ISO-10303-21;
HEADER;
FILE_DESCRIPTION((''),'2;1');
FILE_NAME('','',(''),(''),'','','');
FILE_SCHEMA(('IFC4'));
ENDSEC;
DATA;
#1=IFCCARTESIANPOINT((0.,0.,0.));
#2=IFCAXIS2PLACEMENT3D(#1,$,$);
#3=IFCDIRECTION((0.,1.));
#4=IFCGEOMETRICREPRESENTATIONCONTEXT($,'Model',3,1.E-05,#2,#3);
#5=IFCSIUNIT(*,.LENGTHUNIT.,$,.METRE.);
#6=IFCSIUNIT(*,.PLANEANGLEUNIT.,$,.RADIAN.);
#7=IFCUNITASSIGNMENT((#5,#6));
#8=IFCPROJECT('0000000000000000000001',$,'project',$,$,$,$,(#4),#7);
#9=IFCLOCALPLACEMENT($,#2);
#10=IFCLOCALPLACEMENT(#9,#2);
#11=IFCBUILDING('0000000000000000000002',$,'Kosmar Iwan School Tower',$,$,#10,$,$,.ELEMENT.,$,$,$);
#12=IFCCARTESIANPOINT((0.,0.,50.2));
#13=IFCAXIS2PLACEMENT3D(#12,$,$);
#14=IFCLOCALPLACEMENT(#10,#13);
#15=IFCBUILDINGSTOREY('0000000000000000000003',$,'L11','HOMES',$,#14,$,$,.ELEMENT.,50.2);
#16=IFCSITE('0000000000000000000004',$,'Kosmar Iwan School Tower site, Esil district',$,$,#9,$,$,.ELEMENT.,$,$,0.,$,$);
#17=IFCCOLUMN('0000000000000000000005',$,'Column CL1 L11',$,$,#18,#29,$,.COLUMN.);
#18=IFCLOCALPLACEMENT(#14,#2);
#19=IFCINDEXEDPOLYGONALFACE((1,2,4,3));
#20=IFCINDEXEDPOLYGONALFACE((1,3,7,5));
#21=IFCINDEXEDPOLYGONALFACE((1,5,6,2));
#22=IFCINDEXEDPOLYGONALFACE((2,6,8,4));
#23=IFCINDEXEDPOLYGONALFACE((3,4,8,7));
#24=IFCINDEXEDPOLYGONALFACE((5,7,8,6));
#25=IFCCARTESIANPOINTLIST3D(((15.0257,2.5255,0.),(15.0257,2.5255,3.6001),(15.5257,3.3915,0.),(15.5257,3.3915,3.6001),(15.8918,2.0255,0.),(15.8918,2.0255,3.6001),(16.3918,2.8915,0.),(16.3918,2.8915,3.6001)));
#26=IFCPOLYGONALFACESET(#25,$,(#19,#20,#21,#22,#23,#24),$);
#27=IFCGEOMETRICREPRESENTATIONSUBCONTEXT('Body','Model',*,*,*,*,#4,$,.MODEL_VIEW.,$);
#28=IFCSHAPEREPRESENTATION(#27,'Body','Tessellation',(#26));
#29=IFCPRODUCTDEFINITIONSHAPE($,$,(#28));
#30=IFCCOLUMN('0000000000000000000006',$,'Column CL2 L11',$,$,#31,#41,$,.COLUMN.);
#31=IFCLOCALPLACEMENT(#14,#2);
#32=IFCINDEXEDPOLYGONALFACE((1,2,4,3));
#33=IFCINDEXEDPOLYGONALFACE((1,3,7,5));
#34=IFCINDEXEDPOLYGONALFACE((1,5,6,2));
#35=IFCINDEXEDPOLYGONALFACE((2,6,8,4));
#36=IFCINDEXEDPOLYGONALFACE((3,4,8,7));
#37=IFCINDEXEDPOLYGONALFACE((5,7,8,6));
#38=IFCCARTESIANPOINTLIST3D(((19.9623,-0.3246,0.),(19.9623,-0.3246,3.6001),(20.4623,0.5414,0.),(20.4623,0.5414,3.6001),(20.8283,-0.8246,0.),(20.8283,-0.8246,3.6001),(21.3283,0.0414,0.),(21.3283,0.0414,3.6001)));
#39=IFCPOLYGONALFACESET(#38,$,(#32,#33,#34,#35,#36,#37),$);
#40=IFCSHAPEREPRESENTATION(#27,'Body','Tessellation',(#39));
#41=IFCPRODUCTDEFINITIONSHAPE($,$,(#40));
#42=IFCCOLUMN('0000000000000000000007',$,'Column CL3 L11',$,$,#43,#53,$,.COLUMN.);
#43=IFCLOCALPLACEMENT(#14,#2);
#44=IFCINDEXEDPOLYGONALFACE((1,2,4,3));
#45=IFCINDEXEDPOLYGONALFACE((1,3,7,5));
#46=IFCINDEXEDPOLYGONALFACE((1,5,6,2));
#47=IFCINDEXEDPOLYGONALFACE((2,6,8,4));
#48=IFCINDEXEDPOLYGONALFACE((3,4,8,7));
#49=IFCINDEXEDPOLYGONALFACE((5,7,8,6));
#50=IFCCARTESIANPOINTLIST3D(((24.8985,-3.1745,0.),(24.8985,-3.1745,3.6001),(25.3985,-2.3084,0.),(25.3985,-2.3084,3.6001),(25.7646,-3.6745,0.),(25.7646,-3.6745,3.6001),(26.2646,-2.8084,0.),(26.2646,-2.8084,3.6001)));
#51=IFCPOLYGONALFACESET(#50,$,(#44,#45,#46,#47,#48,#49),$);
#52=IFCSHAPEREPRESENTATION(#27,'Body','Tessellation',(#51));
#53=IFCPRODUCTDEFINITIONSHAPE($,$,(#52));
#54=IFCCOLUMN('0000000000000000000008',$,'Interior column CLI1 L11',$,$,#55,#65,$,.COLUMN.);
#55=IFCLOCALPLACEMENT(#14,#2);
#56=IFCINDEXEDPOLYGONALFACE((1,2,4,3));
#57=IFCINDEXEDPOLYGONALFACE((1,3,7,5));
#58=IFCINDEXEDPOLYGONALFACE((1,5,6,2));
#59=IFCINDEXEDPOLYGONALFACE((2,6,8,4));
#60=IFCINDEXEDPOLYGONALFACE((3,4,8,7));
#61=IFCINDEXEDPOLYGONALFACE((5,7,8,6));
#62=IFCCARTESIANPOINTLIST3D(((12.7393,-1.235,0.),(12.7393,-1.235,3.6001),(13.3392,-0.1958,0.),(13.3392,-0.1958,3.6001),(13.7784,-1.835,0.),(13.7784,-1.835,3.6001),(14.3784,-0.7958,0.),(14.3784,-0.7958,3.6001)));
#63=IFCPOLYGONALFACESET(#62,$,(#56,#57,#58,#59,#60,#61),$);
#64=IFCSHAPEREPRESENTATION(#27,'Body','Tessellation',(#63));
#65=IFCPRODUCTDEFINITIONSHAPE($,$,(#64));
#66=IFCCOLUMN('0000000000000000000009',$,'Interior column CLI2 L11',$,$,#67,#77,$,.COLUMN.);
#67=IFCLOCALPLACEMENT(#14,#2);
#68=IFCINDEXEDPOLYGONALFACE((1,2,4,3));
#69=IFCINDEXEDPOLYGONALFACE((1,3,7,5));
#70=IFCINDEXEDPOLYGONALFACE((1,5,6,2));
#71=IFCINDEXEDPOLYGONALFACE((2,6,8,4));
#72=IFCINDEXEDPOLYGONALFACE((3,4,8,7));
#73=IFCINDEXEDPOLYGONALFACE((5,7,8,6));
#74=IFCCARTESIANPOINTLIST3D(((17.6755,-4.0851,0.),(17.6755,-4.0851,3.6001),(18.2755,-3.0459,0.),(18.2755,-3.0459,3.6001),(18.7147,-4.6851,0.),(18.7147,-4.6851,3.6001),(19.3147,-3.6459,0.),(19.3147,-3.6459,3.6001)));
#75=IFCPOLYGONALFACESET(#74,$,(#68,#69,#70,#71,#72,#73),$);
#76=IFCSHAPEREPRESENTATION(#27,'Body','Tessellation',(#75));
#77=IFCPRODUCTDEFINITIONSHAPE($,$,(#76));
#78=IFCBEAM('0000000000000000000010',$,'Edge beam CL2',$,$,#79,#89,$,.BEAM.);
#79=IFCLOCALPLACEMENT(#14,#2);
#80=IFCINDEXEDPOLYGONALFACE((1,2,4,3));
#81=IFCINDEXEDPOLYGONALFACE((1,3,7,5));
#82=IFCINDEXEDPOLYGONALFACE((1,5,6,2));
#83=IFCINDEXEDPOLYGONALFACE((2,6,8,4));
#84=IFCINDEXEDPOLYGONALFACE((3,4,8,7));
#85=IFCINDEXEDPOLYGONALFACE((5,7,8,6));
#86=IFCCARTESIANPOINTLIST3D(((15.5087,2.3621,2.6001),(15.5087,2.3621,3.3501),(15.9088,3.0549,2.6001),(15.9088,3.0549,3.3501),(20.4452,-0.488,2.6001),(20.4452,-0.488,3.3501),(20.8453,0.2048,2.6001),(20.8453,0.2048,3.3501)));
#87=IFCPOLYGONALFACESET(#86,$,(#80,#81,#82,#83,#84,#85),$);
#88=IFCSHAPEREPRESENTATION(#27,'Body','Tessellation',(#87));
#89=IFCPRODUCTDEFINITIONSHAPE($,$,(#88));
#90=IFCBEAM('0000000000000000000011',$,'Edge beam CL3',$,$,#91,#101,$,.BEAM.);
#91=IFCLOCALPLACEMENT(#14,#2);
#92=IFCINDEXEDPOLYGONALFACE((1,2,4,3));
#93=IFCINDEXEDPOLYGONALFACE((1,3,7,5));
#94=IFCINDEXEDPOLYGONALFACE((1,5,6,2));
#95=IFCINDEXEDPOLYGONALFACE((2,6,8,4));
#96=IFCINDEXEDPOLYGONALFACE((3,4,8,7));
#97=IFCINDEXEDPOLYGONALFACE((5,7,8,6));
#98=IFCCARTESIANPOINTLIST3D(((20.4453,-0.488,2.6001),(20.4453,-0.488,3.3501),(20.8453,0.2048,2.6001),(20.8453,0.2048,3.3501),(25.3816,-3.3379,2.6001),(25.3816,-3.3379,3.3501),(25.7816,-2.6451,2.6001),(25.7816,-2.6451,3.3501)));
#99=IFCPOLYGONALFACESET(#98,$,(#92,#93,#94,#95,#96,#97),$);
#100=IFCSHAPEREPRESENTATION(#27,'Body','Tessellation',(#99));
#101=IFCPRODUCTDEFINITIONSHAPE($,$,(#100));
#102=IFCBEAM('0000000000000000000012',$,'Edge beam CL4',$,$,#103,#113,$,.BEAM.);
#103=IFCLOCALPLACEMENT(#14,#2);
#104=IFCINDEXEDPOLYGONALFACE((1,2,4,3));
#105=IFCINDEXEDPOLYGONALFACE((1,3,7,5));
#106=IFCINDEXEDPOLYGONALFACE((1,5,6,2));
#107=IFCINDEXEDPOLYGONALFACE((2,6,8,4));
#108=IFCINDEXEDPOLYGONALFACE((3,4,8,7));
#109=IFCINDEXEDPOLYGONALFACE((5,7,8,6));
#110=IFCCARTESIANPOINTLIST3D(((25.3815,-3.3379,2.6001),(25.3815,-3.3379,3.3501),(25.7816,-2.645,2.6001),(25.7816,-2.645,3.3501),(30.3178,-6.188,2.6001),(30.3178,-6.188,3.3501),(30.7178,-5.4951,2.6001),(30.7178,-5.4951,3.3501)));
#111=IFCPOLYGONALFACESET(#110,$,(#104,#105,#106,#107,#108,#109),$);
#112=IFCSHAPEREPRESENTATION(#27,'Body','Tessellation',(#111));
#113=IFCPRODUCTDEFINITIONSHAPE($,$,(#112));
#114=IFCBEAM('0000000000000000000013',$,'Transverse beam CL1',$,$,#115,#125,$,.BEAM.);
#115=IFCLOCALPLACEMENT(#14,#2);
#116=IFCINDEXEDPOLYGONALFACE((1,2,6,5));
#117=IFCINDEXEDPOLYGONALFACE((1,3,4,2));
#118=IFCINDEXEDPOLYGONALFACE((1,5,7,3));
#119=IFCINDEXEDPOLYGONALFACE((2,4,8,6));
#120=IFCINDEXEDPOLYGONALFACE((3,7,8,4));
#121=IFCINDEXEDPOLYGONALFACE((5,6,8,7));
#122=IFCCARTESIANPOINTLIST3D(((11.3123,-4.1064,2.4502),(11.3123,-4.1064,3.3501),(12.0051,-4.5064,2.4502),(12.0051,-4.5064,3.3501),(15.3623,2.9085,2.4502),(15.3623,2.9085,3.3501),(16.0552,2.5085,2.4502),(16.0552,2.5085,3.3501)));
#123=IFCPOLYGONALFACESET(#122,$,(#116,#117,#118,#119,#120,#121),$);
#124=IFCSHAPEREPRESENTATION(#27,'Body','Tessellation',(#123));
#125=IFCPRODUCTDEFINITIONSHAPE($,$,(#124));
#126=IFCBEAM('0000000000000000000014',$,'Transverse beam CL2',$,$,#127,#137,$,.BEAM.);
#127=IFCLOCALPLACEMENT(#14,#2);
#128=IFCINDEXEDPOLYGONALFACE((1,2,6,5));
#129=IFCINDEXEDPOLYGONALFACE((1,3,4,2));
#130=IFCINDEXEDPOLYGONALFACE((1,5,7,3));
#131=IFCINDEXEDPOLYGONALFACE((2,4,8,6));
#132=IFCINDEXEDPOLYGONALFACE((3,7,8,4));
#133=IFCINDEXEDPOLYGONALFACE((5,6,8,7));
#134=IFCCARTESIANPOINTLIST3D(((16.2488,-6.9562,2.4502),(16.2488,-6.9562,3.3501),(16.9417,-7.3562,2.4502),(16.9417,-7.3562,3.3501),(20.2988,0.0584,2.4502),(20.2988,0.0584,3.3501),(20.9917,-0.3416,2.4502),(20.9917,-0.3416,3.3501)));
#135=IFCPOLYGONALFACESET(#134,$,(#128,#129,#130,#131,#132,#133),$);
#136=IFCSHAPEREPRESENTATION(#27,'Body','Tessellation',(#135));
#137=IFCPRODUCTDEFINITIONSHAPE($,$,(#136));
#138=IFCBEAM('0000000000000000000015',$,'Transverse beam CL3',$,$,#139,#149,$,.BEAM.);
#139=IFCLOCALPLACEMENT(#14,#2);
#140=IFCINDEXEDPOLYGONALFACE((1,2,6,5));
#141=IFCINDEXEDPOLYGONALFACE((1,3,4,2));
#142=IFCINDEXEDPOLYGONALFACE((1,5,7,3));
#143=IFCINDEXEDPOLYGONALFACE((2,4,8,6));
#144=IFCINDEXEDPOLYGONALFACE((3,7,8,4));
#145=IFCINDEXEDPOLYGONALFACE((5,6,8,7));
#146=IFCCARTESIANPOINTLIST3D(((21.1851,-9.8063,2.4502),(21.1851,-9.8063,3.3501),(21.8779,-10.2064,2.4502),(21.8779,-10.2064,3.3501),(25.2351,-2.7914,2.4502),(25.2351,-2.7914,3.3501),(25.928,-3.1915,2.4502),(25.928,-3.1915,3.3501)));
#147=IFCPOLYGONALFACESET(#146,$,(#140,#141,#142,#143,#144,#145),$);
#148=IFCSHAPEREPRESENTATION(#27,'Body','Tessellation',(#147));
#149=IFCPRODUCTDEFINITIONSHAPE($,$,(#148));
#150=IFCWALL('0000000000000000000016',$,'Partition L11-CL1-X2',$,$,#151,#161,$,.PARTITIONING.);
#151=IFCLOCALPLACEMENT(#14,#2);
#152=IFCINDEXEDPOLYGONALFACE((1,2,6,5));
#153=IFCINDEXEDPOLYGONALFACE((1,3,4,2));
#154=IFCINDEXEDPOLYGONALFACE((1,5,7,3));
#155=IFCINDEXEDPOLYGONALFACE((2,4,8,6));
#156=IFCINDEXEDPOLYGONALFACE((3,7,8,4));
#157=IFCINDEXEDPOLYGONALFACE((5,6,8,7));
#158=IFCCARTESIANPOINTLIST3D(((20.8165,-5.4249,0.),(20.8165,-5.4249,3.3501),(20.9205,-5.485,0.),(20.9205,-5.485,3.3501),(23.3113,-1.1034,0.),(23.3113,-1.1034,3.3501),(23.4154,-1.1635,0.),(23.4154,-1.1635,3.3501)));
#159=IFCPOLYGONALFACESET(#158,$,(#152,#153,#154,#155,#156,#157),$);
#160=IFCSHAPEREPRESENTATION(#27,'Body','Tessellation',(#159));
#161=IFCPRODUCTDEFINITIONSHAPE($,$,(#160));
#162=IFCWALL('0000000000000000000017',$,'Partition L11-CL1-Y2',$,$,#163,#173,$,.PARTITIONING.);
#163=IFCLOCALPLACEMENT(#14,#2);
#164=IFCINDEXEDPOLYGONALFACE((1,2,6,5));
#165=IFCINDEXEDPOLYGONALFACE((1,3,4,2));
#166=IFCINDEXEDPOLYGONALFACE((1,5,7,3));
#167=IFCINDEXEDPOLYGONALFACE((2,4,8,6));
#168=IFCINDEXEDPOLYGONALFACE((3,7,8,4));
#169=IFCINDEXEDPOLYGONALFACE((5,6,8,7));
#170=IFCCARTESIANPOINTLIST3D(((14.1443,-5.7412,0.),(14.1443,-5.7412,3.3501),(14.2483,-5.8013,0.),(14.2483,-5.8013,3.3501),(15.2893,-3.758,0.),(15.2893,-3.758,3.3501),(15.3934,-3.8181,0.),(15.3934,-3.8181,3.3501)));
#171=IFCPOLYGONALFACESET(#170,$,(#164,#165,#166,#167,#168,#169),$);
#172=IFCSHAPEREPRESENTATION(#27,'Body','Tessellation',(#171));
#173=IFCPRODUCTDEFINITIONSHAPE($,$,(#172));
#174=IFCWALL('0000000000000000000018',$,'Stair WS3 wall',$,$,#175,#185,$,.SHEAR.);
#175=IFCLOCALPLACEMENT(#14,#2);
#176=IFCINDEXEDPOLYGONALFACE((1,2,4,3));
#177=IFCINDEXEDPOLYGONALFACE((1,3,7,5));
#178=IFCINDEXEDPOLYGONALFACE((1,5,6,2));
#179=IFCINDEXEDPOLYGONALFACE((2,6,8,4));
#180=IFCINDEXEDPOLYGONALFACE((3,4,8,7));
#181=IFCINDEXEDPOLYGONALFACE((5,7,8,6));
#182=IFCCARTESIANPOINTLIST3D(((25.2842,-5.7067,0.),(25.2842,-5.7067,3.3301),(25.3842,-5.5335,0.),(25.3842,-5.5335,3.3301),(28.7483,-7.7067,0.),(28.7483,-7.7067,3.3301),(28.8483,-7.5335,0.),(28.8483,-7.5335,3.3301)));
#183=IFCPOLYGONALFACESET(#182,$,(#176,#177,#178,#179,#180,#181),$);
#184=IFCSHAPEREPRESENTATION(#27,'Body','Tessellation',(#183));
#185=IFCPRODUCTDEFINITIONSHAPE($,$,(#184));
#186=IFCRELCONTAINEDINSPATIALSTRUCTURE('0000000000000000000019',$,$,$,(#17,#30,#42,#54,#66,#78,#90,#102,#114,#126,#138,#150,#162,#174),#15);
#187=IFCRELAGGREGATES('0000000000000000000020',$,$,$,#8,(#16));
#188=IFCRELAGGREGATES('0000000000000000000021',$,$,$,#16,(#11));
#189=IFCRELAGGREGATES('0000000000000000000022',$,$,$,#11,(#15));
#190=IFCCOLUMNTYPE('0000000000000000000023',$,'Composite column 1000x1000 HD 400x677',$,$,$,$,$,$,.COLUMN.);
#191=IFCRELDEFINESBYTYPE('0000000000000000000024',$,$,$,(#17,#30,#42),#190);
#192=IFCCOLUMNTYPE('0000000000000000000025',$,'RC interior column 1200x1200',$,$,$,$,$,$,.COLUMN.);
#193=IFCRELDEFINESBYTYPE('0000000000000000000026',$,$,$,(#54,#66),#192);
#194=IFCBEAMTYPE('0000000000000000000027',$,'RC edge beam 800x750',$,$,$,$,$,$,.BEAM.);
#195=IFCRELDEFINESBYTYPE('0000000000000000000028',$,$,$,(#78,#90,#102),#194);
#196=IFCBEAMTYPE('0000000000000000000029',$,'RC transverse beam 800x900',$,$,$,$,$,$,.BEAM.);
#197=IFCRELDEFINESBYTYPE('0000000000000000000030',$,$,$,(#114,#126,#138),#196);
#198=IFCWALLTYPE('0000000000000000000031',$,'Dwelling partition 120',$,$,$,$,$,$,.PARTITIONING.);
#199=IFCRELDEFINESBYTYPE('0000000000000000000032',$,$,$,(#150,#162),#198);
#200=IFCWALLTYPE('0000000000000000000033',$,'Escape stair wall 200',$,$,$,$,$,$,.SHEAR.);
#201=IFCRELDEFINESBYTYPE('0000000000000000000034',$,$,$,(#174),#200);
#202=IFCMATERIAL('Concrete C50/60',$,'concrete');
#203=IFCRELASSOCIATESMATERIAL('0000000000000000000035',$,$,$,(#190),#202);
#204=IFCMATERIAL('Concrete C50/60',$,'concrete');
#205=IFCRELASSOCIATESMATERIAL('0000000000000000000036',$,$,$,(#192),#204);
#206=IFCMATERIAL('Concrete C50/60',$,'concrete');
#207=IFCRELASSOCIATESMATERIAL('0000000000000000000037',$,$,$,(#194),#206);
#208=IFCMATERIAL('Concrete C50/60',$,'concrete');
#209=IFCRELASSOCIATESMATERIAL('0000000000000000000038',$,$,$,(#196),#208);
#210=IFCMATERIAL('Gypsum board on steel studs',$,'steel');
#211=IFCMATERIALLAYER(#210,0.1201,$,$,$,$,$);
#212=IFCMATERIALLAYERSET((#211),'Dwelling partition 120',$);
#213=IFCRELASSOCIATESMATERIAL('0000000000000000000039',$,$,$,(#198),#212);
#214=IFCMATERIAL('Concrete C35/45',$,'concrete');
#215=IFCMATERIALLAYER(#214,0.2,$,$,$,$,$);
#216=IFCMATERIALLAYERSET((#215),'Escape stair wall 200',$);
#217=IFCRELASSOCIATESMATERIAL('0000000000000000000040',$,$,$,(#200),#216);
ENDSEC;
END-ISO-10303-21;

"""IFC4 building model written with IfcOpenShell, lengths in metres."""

from ifc_helpers import new_model, si_unit, direction, frame, frame_2d, origin, origin_2d, place, context, subcontext, project, spatial, rectangle, extrude, material, layer, layer_set, material_profile, profile_set, type_object, element, save


model = new_model("IFC4")

# Units and contexts
model_context = context("Model", 3, precision=1e-05, world=origin(), true_north=direction((0.0, 1.0)))
body_context = subcontext(model_context, "Body", "Model", "MODEL_VIEW")
ifc_project = project(units=[si_unit("LENGTHUNIT", "METRE"), si_unit("PLANEANGLEUNIT", "RADIAN")], contexts=[model_context])

# Site, building, storey
site_placement = place(None, origin())
site = spatial("IfcSite", under=ifc_project, at=site_placement, Name="Kosmar Iwan School Tower site, Esil district", CompositionType="ELEMENT", RefElevation=0.0)
building_placement = place(site_placement, origin())
building = spatial("IfcBuilding", under=site, at=building_placement, Name="Kosmar Iwan School Tower", CompositionType="ELEMENT")
storey_placement = place(building_placement, frame((0.0, 0.0, 50.2)))
storey = spatial("IfcBuildingStorey", under=building, at=storey_placement, Name="L11", Description="HOMES", CompositionType="ELEMENT", Elevation=50.2)

# Columns
ifc_material_1 = material(Name="Concrete C50/60", Category="concrete")
ifc_material_profile_1 = material_profile(ifc_material_1, rectangle(XDim=1.0, YDim=1.0, at=origin_2d()), Name="RC 1000x1000 + HD 400x677")
ifc_profile_set_1 = profile_set([ifc_material_profile_1], Name="Concrete C50/60")
column_type_1 = type_object("IfcColumnType", Name="Composite column 1000x1000 HD 400x677", PredefinedType="COLUMN", material=ifc_profile_set_1)
for number, where, z_axis, x_axis, name in (
    (1, (15.7087, 2.7085, 0.0), (0.0, 0.0, 1.0), (0.866025, -0.5, 0.0), "Column CL1 L11"),
    (2, (20.6453, -0.1416, 0.0), (0.0, 0.0, 1.0), (0.866025, -0.5, 0.0), "Column CL2 L11"),
    (3, (25.5815, -2.9915, 0.0), (0.0, 0.0, 1.0), (0.866025, -0.5, 0.0), "Column CL3 L11"),
):
    element("IfcColumn", number, at=place(storey_placement, frame(where, z_axis=z_axis, x_axis=x_axis)), inside=storey, type_object=column_type_1, Name=name, PredefinedType="COLUMN", context=body_context, shape_type="SweptSolid", body=[
        extrude(rectangle(XDim=1.0, YDim=1.0, at=origin_2d()), origin(), (0.0, 0.0, 1.0), 3.6001),
    ])
ifc_material_2 = material(Name="Concrete C50/60", Category="concrete")
ifc_material_profile_2 = material_profile(ifc_material_2, rectangle(XDim=1.2, YDim=1.2, at=origin_2d()), Name="RC 1200x1200")
ifc_profile_set_2 = profile_set([ifc_material_profile_2], Name="Concrete C50/60")
column_type_2 = type_object("IfcColumnType", Name="RC interior column 1200x1200", PredefinedType="COLUMN", material=ifc_profile_set_2)
for number, where, z_axis, x_axis, name in (
    (4, (13.5588, -1.0154, 0.0), (0.0, 0.0, 1.0), (0.866025, -0.5, 0.0), "Interior column CLI1 L11"),
    (5, (18.4951, -3.8655, 0.0), (0.0, 0.0, 1.0), (0.866025, -0.5, 0.0), "Interior column CLI2 L11"),
):
    element("IfcColumn", number, at=place(storey_placement, frame(where, z_axis=z_axis, x_axis=x_axis)), inside=storey, type_object=column_type_2, Name=name, PredefinedType="COLUMN", context=body_context, shape_type="SweptSolid", body=[
        extrude(rectangle(XDim=1.2, YDim=1.2, at=origin_2d()), origin(), (0.0, 0.0, 1.0), 3.6001),
    ])

# Beams
ifc_material_3 = material(Name="Concrete C50/60", Category="concrete")
ifc_material_profile_3 = material_profile(ifc_material_3, rectangle(XDim=0.8, YDim=0.75, at=origin_2d()), Name="RC 800x750")
ifc_profile_set_3 = profile_set([ifc_material_profile_3], Name="Concrete C50/60")
beam_type_1 = type_object("IfcBeamType", Name="RC edge beam 800x750", PredefinedType="BEAM", material=ifc_profile_set_3)
beam_1_placement = place(storey_placement, frame((15.7087, 2.7085, 2.9751), z_axis=(0.866026, -0.499999, 0.0), x_axis=(0.499999, 0.866026, 0.0)))
element("IfcBeam", 6, at=beam_1_placement, inside=storey, type_object=beam_type_1, Name="Edge beam CL2", PredefinedType="BEAM", context=body_context, shape_type="SweptSolid", body=[
    extrude(rectangle(XDim=0.8, YDim=0.75, at=origin_2d()), origin(), (0.0, 0.0, 1.0), 5.7002),
])
for number, where, z_axis, x_axis, name in (
    (7, (20.6453, -0.1416, 2.9751), (0.866034, -0.499986, 0.0), (0.499986, 0.866034, 0.0), "Edge beam CL3"),
    (8, (25.5815, -2.9915, 2.9751), (0.866015, -0.500018, 0.0), (0.500018, 0.866015, 0.0), "Edge beam CL4"),
):
    element("IfcBeam", number, at=place(storey_placement, frame(where, z_axis=z_axis, x_axis=x_axis)), inside=storey, type_object=beam_type_1, Name=name, PredefinedType="BEAM", context=body_context, shape_type="SweptSolid", body=[
        extrude(rectangle(XDim=0.8, YDim=0.75, at=origin_2d()), origin(), (0.0, 0.0, 1.0), 5.7),
    ])
ifc_material_4 = material(Name="Concrete C50/60", Category="concrete")
ifc_material_profile_4 = material_profile(ifc_material_4, rectangle(XDim=0.8, YDim=0.8999, at=origin_2d()), Name="RC 800x900")
ifc_profile_set_4 = profile_set([ifc_material_profile_4], Name="Concrete C50/60")
beam_type_2 = type_object("IfcBeamType", Name="RC transverse beam 800x900", PredefinedType="BEAM", material=ifc_profile_set_4)
beam_2_placement = place(storey_placement, frame((15.7087, 2.7085, 2.9001), z_axis=(-0.5, -0.866025, 0.0), x_axis=(0.866025, -0.5, 0.0)))
element("IfcBeam", 9, at=beam_2_placement, inside=storey, type_object=beam_type_2, Name="Transverse beam CL1", PredefinedType="BEAM", context=body_context, shape_type="SweptSolid", body=[
    extrude(rectangle(XDim=0.8, YDim=0.8999, at=origin_2d()), origin(), (0.0, 0.0, 1.0), 8.1001),
])
beam_3_placement = place(storey_placement, frame((20.6453, -0.1416, 2.9001), z_axis=(-0.500013, -0.866018, 0.0), x_axis=(0.866018, -0.500013, 0.0)))
element("IfcBeam", 10, at=beam_3_placement, inside=storey, type_object=beam_type_2, Name="Transverse beam CL2", PredefinedType="BEAM", context=body_context, shape_type="SweptSolid", body=[
    extrude(rectangle(XDim=0.8, YDim=0.8999, at=origin_2d()), origin(), (0.0, 0.0, 1.0), 8.0999),
])
beam_4_placement = place(storey_placement, frame((25.5815, -2.9915, 2.9001), z_axis=(-0.5, -0.866025, 0.0), x_axis=(0.866025, -0.5, 0.0)))
element("IfcBeam", 11, at=beam_4_placement, inside=storey, type_object=beam_type_2, Name="Transverse beam CL3", PredefinedType="BEAM", context=body_context, shape_type="SweptSolid", body=[
    extrude(rectangle(XDim=0.8, YDim=0.8999, at=origin_2d()), origin(), (0.0, 0.0, 1.0), 8.1001),
])

# Walls
ifc_material_5 = material(Name="Gypsum board on steel studs", Category="steel")
ifc_layer_1 = layer(ifc_material_5, 0.1201)
ifc_layer_set_1 = layer_set([ifc_layer_1], Name="Dwelling partition 120")
wall_type_1 = type_object("IfcWallType", Name="Dwelling partition 120", PredefinedType="PARTITIONING", material=ifc_layer_set_1)
wall_1_placement = place(storey_placement, frame((20.8684, -5.4551, 0.0), z_axis=(0.0, 0.0, 1.0), x_axis=(0.499975, 0.86604, 0.0)))
element("IfcWall", 12, at=wall_1_placement, inside=storey, type_object=wall_type_1, Name="Partition L11-CL1-X2", PredefinedType="PARTITIONING", context=body_context, shape_type="SweptSolid", body=[
    extrude(rectangle(XDim=4.99, YDim=0.1201, at=frame_2d((2.4951, 0.0))), origin(), (0.0, 0.0, 1.0), 3.3501),
])
wall_2_placement = place(storey_placement, frame((14.1963, -5.7712, 0.0), z_axis=(0.0, 0.0, 1.0), x_axis=(0.500015, 0.866017, 0.0)))
element("IfcWall", 13, at=wall_2_placement, inside=storey, type_object=wall_type_1, Name="Partition L11-CL1-Y2", PredefinedType="PARTITIONING", context=body_context, shape_type="SweptSolid", body=[
    extrude(rectangle(XDim=2.29, YDim=0.1201, at=frame_2d((1.145, 0.0))), origin(), (0.0, 0.0, 1.0), 3.3501),
])
ifc_material_6 = material(Name="Concrete C35/45", Category="concrete")
ifc_layer_2 = layer(ifc_material_6, 0.2)
ifc_layer_set_2 = layer_set([ifc_layer_2], Name="Escape stair wall 200")
wall_type_2 = type_object("IfcWallType", Name="Escape stair wall 200", PredefinedType="SHEAR", material=ifc_layer_set_2)
wall_3_placement = place(storey_placement, frame((25.3342, -5.6201, 0.0), z_axis=(0.0, 0.0, 1.0), x_axis=(0.866026, -0.499999, 0.0)))
element("IfcWall", 14, at=wall_3_placement, inside=storey, type_object=wall_type_2, Name="Stair WS3 wall", PredefinedType="SHEAR", context=body_context, shape_type="SweptSolid", body=[
    extrude(rectangle(XDim=4.0, YDim=0.2, at=frame_2d((2.0, 0.0))), origin(), (0.0, 0.0, 1.0), 3.3301),
])

save(model, "model.ifc")
